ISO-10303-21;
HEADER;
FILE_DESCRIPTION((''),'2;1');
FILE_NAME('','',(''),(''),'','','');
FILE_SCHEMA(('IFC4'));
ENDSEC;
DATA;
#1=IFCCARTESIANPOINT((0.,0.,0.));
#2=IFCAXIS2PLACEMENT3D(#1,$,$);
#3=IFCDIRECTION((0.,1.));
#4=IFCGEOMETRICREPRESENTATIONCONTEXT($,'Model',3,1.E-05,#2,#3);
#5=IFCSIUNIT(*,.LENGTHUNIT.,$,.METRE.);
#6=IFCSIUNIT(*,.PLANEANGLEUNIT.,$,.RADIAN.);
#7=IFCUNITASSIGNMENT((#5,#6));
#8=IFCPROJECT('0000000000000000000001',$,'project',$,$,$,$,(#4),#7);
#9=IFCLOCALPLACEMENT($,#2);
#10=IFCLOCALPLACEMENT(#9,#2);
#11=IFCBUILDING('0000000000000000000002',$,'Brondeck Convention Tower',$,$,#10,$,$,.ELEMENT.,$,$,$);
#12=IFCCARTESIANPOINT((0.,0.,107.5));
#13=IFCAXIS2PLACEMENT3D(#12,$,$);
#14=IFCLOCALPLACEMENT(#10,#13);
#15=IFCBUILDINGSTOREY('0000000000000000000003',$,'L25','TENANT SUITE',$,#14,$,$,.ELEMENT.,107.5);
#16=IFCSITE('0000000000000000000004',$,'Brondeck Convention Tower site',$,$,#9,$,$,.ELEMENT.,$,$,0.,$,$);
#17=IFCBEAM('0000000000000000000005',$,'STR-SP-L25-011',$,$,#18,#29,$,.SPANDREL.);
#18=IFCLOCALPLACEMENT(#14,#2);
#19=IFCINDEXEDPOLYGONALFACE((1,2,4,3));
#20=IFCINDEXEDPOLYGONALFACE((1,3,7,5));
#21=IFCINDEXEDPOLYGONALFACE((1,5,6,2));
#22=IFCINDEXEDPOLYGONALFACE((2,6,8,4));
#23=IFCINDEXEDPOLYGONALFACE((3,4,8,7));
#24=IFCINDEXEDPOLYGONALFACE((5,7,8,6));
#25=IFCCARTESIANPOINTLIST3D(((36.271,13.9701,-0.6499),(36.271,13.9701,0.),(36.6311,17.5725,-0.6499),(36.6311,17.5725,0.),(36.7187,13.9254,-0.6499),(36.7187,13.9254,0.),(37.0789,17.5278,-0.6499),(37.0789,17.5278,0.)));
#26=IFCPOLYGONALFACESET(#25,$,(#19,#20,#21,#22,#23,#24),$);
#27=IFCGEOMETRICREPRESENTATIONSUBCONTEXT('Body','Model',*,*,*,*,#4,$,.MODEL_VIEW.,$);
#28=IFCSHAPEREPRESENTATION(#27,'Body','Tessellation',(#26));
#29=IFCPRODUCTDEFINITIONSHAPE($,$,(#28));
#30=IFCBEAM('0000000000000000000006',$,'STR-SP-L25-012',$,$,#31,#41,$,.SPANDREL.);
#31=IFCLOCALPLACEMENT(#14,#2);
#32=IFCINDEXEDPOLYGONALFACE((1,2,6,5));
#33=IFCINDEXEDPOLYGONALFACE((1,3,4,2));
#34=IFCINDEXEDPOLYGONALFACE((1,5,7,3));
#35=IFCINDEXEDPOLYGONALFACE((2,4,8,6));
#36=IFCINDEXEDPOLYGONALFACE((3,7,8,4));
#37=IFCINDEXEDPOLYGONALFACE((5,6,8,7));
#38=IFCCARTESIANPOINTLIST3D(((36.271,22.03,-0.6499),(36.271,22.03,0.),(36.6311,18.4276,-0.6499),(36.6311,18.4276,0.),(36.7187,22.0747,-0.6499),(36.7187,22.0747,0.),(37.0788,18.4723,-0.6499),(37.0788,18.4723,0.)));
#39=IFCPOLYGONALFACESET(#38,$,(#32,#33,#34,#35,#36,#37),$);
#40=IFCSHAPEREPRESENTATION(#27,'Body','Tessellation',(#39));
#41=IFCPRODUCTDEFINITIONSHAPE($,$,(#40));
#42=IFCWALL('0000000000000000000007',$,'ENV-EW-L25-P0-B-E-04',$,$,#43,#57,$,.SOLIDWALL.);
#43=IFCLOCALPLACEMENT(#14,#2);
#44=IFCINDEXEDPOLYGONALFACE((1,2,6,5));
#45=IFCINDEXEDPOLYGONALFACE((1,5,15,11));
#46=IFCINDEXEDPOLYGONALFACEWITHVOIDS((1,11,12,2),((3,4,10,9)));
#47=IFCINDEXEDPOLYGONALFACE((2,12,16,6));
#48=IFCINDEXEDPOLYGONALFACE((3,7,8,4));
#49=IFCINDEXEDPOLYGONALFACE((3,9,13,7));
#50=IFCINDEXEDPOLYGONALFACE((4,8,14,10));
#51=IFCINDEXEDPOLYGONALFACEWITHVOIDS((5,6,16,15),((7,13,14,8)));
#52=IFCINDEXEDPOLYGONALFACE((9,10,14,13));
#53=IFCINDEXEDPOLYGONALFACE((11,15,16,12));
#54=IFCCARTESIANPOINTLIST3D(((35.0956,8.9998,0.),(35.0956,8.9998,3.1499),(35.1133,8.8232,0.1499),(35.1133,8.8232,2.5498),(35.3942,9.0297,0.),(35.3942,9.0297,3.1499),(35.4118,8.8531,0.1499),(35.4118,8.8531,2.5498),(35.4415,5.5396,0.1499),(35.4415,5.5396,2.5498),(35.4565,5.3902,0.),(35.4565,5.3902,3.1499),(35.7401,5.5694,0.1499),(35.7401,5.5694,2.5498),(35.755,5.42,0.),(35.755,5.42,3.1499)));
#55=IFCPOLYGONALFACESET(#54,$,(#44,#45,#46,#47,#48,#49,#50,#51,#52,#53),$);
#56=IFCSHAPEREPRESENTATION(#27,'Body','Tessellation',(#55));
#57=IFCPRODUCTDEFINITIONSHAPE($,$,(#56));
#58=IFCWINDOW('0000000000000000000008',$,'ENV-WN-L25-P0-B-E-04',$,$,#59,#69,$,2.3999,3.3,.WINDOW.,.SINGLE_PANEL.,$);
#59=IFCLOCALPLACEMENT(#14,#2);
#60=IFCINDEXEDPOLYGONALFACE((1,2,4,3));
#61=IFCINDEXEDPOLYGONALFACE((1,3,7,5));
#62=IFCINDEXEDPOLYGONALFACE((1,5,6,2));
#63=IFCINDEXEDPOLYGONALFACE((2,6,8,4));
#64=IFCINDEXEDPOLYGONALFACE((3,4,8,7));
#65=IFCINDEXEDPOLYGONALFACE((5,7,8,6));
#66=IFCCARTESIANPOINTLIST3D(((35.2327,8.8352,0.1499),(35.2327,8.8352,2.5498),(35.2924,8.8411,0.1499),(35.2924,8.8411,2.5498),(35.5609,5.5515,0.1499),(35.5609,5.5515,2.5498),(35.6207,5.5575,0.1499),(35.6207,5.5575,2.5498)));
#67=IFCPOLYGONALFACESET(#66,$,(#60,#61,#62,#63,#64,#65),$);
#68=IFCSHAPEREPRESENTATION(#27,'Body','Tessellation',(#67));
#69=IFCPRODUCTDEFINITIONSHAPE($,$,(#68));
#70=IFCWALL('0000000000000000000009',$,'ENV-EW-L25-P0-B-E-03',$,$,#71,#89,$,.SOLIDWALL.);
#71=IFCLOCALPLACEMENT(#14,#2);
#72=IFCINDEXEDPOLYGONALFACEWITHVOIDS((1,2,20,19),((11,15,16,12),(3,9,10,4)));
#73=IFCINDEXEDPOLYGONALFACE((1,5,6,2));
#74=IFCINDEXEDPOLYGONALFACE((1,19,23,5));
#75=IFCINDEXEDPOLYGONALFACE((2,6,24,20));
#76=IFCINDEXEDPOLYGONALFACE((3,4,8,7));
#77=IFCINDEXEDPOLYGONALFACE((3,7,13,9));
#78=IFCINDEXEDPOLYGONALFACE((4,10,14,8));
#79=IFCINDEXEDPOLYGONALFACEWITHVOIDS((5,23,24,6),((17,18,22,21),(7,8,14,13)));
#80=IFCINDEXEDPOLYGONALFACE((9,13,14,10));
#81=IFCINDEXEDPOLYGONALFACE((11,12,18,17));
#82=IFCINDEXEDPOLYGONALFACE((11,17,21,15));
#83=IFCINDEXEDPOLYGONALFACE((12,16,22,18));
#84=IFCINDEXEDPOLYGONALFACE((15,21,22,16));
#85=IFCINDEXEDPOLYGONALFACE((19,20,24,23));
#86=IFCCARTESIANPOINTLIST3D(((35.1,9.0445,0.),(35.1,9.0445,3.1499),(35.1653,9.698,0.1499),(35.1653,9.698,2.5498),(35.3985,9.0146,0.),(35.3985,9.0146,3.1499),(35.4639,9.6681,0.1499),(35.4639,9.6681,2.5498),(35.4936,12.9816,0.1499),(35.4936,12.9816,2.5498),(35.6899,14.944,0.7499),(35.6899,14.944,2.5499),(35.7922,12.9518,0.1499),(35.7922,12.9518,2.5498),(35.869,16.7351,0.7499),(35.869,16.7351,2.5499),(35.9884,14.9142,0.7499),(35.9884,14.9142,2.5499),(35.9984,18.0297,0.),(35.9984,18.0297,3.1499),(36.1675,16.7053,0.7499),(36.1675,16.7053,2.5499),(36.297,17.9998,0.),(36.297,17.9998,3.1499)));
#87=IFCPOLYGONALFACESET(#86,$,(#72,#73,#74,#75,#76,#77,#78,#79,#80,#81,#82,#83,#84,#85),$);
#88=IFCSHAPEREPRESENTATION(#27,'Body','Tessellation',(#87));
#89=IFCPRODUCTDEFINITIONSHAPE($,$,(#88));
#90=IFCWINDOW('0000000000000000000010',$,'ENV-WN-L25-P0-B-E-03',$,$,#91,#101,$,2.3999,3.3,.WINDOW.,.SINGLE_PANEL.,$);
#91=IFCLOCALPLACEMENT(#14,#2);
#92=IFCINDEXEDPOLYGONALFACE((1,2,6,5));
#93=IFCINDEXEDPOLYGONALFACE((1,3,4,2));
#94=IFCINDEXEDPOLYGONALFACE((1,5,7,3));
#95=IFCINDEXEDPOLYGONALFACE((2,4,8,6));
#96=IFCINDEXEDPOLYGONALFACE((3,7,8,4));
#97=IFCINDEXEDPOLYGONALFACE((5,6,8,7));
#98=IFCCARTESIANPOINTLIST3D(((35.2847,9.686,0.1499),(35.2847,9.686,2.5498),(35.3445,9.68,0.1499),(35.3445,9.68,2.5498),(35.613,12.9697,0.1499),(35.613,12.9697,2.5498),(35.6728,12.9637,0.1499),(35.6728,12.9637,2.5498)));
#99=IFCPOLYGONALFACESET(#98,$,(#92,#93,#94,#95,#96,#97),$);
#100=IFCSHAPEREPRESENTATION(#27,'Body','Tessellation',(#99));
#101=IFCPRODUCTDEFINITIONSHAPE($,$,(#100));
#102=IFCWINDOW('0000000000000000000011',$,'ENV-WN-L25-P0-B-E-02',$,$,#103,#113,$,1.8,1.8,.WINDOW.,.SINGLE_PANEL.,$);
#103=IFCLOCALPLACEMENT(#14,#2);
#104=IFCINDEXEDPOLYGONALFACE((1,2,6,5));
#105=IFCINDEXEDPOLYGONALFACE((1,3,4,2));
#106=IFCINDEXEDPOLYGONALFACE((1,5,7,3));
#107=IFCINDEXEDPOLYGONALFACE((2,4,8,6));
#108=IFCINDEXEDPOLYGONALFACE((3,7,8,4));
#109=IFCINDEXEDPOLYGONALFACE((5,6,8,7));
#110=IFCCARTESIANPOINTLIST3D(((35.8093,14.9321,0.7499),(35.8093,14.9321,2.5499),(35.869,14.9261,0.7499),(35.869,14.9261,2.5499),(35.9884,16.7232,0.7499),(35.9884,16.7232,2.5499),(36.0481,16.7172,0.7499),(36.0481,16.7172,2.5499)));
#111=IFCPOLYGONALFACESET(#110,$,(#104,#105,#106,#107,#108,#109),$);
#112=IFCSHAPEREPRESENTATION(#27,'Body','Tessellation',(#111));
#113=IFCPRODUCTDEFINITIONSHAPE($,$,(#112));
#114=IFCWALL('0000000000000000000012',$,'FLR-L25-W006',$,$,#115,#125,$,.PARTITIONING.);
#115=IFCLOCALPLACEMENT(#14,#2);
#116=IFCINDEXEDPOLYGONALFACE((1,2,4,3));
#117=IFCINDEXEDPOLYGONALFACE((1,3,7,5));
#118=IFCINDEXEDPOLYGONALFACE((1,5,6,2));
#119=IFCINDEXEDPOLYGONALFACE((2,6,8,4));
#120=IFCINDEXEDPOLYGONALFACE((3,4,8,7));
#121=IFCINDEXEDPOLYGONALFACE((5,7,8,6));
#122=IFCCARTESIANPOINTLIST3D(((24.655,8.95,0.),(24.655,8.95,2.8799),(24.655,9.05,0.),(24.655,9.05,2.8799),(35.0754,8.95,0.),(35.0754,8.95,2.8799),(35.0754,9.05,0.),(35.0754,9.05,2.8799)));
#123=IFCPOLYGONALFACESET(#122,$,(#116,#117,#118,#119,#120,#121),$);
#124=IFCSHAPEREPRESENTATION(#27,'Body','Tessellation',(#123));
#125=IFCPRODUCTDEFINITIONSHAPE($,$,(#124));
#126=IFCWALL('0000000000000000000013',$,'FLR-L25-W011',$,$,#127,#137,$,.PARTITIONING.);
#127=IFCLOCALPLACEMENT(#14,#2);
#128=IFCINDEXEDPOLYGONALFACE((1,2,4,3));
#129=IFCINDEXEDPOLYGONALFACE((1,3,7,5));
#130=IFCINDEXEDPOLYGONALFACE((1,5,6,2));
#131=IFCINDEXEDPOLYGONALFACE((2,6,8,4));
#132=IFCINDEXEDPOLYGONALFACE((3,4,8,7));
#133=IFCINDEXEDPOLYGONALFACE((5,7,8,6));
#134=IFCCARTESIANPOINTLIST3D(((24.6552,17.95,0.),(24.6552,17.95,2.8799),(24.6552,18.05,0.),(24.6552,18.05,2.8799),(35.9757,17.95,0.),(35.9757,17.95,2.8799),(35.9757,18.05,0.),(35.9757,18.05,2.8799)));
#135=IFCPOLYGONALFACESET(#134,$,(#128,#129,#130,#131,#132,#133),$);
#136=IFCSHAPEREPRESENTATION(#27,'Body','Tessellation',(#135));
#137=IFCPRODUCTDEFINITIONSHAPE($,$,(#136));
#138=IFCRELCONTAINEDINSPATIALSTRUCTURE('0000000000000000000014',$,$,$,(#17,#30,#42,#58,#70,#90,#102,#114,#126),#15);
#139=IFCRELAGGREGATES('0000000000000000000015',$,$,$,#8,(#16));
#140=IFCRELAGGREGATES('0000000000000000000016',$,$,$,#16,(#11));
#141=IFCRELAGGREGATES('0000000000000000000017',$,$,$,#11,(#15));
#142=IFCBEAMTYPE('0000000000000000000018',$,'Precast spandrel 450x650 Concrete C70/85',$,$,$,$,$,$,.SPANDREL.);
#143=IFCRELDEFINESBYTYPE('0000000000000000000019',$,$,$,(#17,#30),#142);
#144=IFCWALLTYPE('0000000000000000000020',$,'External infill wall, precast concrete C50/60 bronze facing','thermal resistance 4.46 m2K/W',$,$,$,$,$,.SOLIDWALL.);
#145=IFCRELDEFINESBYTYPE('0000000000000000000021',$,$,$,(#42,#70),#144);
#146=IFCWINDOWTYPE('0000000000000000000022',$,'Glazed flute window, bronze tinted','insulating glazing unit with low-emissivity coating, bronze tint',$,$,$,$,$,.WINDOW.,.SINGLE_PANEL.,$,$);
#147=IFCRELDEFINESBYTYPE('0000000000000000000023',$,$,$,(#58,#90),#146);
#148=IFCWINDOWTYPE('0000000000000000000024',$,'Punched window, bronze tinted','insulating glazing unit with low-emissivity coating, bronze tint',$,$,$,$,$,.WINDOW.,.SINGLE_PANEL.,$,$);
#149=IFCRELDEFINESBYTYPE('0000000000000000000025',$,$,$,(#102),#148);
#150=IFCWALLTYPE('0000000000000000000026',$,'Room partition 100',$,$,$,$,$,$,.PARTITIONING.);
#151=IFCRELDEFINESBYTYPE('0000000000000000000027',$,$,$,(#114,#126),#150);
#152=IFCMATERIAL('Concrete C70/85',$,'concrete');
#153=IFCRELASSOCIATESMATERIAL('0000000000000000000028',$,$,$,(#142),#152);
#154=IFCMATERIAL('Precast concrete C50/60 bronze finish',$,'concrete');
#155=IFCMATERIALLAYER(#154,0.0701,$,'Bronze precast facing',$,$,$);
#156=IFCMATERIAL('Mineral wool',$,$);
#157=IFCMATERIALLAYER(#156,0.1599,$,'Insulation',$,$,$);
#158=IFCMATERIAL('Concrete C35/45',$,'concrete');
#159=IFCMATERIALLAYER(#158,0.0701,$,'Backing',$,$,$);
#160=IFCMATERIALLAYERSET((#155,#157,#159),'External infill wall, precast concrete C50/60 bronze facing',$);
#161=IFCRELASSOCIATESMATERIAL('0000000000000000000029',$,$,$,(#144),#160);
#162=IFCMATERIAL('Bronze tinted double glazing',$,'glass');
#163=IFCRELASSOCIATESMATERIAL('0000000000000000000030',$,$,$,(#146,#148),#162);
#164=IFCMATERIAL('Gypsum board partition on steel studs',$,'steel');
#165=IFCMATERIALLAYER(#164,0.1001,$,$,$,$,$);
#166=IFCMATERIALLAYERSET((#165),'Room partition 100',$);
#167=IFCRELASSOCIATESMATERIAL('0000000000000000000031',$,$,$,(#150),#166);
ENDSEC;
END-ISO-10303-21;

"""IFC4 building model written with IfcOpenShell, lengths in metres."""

from ifc_helpers import new_model, si_unit, direction, frame, frame_2d, origin, origin_2d, place, context, subcontext, project, spatial, rectangle, extrude, material, layer, layer_set, material_profile, profile_set, type_object, element, fill, save


model = new_model("IFC4")

# Units and contexts
model_context = context("Model", 3, precision=1e-05, world=origin(), true_north=direction((0.0, 1.0)))
body_context = subcontext(model_context, "Body", "Model", "MODEL_VIEW")
ifc_project = project(units=[si_unit("LENGTHUNIT", "METRE"), si_unit("PLANEANGLEUNIT", "RADIAN")], contexts=[model_context])

# Site, building, storey
site_placement = place(None, origin())
site = spatial("IfcSite", under=ifc_project, at=site_placement, Name="Brondeck Convention Tower site", CompositionType="ELEMENT", RefElevation=0.0)
building_placement = place(site_placement, origin())
building = spatial("IfcBuilding", under=site, at=building_placement, Name="Brondeck Convention Tower", CompositionType="ELEMENT")
storey_placement = place(building_placement, frame((0.0, 0.0, 107.5)))
storey = spatial("IfcBuildingStorey", under=building, at=storey_placement, Name="L25", Description="TENANT SUITE", CompositionType="ELEMENT", Elevation=107.5)

# Shared definitions
ifc_material_1 = material(Name="Concrete C70/85", Category="concrete")

# Beams
ifc_material_profile_1 = material_profile(ifc_material_1, rectangle(XDim=0.45, YDim=0.6499, at=origin_2d()), Name="Precast spandrel 450x650 Concrete C70/85")
ifc_profile_set_1 = profile_set([ifc_material_profile_1], Name="Concrete C70/85")
beam_type_1 = type_object("IfcBeamType", Name="Precast spandrel 450x650 Concrete C70/85", PredefinedType="SPANDREL", material=ifc_profile_set_1)
for number, where, z_axis, x_axis, name in (
    (1, (36.4949, 13.9478, -0.325), (0.09947, 0.995041, 0.0), (-0.995041, 0.09947, 0.0), "STR-SP-L25-011"),
    (2, (36.855, 18.45, -0.325), (-0.09947, 0.995041, 0.0), (-0.995041, -0.09947, 0.0), "STR-SP-L25-012"),
):
    element("IfcBeam", number, at=place(storey_placement, frame(where, z_axis=z_axis, x_axis=x_axis)), inside=storey, type_object=beam_type_1, Name=name, PredefinedType="SPANDREL", context=body_context, shape_type="SweptSolid", body=[
        extrude(rectangle(XDim=0.45, YDim=0.6499, at=origin_2d()), origin(), (0.0, 0.0, 1.0), 3.6204),
    ])

# Wall, opening, window
ifc_material_2 = material(Name="Precast concrete C50/60 bronze finish", Category="concrete")
ifc_layer_1 = layer(ifc_material_2, 0.0701, Name="Bronze precast facing")
ifc_material_3 = material(Name="Mineral wool")
ifc_layer_2 = layer(ifc_material_3, 0.1599, Name="Insulation")
ifc_material_4 = material(Name="Concrete C35/45", Category="concrete")
ifc_layer_3 = layer(ifc_material_4, 0.0701, Name="Backing")
ifc_layer_set_1 = layer_set([ifc_layer_1, ifc_layer_2, ifc_layer_3], Name="External infill wall, precast concrete C50/60 bronze facing")
wall_type_1 = type_object("IfcWallType", Name="External infill wall, precast concrete C50/60 bronze facing", Description="thermal resistance 4.46 m2K/W", PredefinedType="SOLIDWALL", material=ifc_layer_set_1)
wall_1_placement = place(storey_placement, frame((35.2449, 9.0149, 0.0), z_axis=(0.0, 0.0, 1.0), x_axis=(0.09947, -0.995041, 0.0)))
wall_1 = element("IfcWall", 3, at=wall_1_placement, inside=storey, type_object=wall_type_1, Name="ENV-EW-L25-P0-B-E-04", PredefinedType="SOLIDWALL", context=body_context, shape_type="SweptSolid", body=[
    extrude(rectangle(XDim=3.6277, YDim=0.3, at=frame_2d((1.814, 0.0))), origin(), (0.0, 0.0, 1.0), 3.1499),
])
opening_1_placement = place(wall_1_placement, frame((0.1777, 0.0, 0.1499)))
opening_1 = element("IfcOpeningElement", 4, at=opening_1_placement, cuts=wall_1, PredefinedType="OPENING", context=body_context, shape_type="SweptSolid", body=[
    extrude(rectangle(XDim=3.3, YDim=2.3999, at=frame_2d((1.6499, 1.2))), frame((0.0, 0.1599, 0.0), z_axis=(0.0, -1.0, 0.0), x_axis=(1.0, 0.0, 0.0)), (0.0, 0.0, 1.0), 0.3201),
])
ifc_material_5 = material(Name="Bronze tinted double glazing", Category="glass")
window_type_1 = type_object("IfcWindowType", Name="Glazed flute window, bronze tinted", Description="insulating glazing unit with low-emissivity coating, bronze tint", PartitioningType="SINGLE_PANEL", PredefinedType="WINDOW", material=ifc_material_5)
window_1_placement = place(opening_1_placement, origin())
window_1 = element("IfcWindow", 5, at=window_1_placement, inside=storey, type_object=window_type_1, Name="ENV-WN-L25-P0-B-E-04", OverallHeight=2.3999, OverallWidth=3.3, PartitioningType="SINGLE_PANEL", PredefinedType="WINDOW", context=body_context, shape_type="SweptSolid", body=[
    extrude(rectangle(XDim=3.3, YDim=2.3999, at=frame_2d((1.6499, 1.2))), frame((0.0, 0.03, 0.0), z_axis=(0.0, -1.0, 0.0), x_axis=(1.0, 0.0, 0.0)), (0.0, 0.0, 1.0), 0.0601),
])
fill(opening_1, window_1)

# Wall, openings, windows
wall_2_placement = place(storey_placement, frame((36.1477, 18.0149, 0.0), z_axis=(0.0, 0.0, 1.0), x_axis=(-0.099496, -0.995038, 0.0)))
wall_2 = element("IfcWall", 6, at=wall_2_placement, inside=storey, type_object=wall_type_1, Name="ENV-EW-L25-P0-B-E-03", PredefinedType="SOLIDWALL", context=body_context, shape_type="SweptSolid", body=[
    extrude(rectangle(XDim=9.03, YDim=0.3, at=frame_2d((4.5151, 0.0))), origin(), (0.0, 0.0, 1.0), 3.1499),
])
opening_2_placement = place(wall_2_placement, frame((1.3013, 0.0, 0.75)))
opening_2 = element("IfcOpeningElement", 7, at=opening_2_placement, cuts=wall_2, PredefinedType="OPENING", context=body_context, shape_type="SweptSolid", body=[
    extrude(rectangle(XDim=1.8, YDim=1.8, at=frame_2d((0.8999, 0.8999))), frame((0.0, 0.1599, 0.0), z_axis=(0.0, -1.0, 0.0), x_axis=(1.0, 0.0, 0.0)), (0.0, 0.0, 1.0), 0.3201),
])
opening_3_placement = place(wall_2_placement, frame((5.0735, 0.0, 0.1499)))
opening_3 = element("IfcOpeningElement", 8, at=opening_3_placement, cuts=wall_2, PredefinedType="OPENING", context=body_context, shape_type="SweptSolid", body=[
    extrude(rectangle(XDim=3.3, YDim=2.3999, at=frame_2d((1.6499, 1.2))), frame((0.0, 0.1599, 0.0), z_axis=(0.0, -1.0, 0.0), x_axis=(1.0, 0.0, 0.0)), (0.0, 0.0, 1.0), 0.3201),
])
window_2_placement = place(opening_3_placement, origin())
window_2 = element("IfcWindow", 9, at=window_2_placement, inside=storey, type_object=window_type_1, Name="ENV-WN-L25-P0-B-E-03", OverallHeight=2.3999, OverallWidth=3.3, PartitioningType="SINGLE_PANEL", PredefinedType="WINDOW", context=body_context, shape_type="SweptSolid", body=[
    extrude(rectangle(XDim=3.3, YDim=2.3999, at=frame_2d((1.6499, 1.2))), frame((0.0, 0.03, 0.0), z_axis=(0.0, -1.0, 0.0), x_axis=(1.0, 0.0, 0.0)), (0.0, 0.0, 1.0), 0.0601),
])
fill(opening_3, window_2)
window_type_2 = type_object("IfcWindowType", Name="Punched window, bronze tinted", Description="insulating glazing unit with low-emissivity coating, bronze tint", PartitioningType="SINGLE_PANEL", PredefinedType="WINDOW", material=ifc_material_5)
window_3_placement = place(opening_2_placement, origin())
window_3 = element("IfcWindow", 10, at=window_3_placement, inside=storey, type_object=window_type_2, Name="ENV-WN-L25-P0-B-E-02", OverallHeight=1.8, OverallWidth=1.8, PartitioningType="SINGLE_PANEL", PredefinedType="WINDOW", context=body_context, shape_type="SweptSolid", body=[
    extrude(rectangle(XDim=1.8, YDim=1.8, at=frame_2d((0.8999, 0.8999))), frame((0.0, 0.03, 0.0), z_axis=(0.0, -1.0, 0.0), x_axis=(1.0, 0.0, 0.0)), (0.0, 0.0, 1.0), 0.0601),
])
fill(opening_2, window_3)

# Walls
ifc_material_6 = material(Name="Gypsum board partition on steel studs", Category="steel")
ifc_layer_4 = layer(ifc_material_6, 0.1001)
ifc_layer_set_2 = layer_set([ifc_layer_4], Name="Room partition 100")
wall_type_2 = type_object("IfcWallType", Name="Room partition 100", PredefinedType="PARTITIONING", material=ifc_layer_set_2)
wall_3_placement = place(storey_placement, frame((35.0754, 9.0, 0.0), z_axis=(0.0, 0.0, 1.0), x_axis=(-1.0, 0.0, 0.0)))
element("IfcWall", 11, at=wall_3_placement, inside=storey, type_object=wall_type_2, Name="FLR-L25-W006", PredefinedType="PARTITIONING", context=body_context, shape_type="SweptSolid", body=[
    extrude(rectangle(XDim=10.4204, YDim=0.1001, at=frame_2d((5.2102, 0.0))), origin(), (0.0, 0.0, 1.0), 2.8799),
])
wall_4_placement = place(storey_placement, frame((35.9756, 18.0, 0.0), z_axis=(0.0, 0.0, 1.0), x_axis=(-1.0, 0.0, 0.0)))
element("IfcWall", 12, at=wall_4_placement, inside=storey, type_object=wall_type_2, Name="FLR-L25-W011", PredefinedType="PARTITIONING", context=body_context, shape_type="SweptSolid", body=[
    extrude(rectangle(XDim=11.3206, YDim=0.1001, at=frame_2d((5.6602, 0.0))), origin(), (0.0, 0.0, 1.0), 2.8799),
])

save(model, "model.ifc")
